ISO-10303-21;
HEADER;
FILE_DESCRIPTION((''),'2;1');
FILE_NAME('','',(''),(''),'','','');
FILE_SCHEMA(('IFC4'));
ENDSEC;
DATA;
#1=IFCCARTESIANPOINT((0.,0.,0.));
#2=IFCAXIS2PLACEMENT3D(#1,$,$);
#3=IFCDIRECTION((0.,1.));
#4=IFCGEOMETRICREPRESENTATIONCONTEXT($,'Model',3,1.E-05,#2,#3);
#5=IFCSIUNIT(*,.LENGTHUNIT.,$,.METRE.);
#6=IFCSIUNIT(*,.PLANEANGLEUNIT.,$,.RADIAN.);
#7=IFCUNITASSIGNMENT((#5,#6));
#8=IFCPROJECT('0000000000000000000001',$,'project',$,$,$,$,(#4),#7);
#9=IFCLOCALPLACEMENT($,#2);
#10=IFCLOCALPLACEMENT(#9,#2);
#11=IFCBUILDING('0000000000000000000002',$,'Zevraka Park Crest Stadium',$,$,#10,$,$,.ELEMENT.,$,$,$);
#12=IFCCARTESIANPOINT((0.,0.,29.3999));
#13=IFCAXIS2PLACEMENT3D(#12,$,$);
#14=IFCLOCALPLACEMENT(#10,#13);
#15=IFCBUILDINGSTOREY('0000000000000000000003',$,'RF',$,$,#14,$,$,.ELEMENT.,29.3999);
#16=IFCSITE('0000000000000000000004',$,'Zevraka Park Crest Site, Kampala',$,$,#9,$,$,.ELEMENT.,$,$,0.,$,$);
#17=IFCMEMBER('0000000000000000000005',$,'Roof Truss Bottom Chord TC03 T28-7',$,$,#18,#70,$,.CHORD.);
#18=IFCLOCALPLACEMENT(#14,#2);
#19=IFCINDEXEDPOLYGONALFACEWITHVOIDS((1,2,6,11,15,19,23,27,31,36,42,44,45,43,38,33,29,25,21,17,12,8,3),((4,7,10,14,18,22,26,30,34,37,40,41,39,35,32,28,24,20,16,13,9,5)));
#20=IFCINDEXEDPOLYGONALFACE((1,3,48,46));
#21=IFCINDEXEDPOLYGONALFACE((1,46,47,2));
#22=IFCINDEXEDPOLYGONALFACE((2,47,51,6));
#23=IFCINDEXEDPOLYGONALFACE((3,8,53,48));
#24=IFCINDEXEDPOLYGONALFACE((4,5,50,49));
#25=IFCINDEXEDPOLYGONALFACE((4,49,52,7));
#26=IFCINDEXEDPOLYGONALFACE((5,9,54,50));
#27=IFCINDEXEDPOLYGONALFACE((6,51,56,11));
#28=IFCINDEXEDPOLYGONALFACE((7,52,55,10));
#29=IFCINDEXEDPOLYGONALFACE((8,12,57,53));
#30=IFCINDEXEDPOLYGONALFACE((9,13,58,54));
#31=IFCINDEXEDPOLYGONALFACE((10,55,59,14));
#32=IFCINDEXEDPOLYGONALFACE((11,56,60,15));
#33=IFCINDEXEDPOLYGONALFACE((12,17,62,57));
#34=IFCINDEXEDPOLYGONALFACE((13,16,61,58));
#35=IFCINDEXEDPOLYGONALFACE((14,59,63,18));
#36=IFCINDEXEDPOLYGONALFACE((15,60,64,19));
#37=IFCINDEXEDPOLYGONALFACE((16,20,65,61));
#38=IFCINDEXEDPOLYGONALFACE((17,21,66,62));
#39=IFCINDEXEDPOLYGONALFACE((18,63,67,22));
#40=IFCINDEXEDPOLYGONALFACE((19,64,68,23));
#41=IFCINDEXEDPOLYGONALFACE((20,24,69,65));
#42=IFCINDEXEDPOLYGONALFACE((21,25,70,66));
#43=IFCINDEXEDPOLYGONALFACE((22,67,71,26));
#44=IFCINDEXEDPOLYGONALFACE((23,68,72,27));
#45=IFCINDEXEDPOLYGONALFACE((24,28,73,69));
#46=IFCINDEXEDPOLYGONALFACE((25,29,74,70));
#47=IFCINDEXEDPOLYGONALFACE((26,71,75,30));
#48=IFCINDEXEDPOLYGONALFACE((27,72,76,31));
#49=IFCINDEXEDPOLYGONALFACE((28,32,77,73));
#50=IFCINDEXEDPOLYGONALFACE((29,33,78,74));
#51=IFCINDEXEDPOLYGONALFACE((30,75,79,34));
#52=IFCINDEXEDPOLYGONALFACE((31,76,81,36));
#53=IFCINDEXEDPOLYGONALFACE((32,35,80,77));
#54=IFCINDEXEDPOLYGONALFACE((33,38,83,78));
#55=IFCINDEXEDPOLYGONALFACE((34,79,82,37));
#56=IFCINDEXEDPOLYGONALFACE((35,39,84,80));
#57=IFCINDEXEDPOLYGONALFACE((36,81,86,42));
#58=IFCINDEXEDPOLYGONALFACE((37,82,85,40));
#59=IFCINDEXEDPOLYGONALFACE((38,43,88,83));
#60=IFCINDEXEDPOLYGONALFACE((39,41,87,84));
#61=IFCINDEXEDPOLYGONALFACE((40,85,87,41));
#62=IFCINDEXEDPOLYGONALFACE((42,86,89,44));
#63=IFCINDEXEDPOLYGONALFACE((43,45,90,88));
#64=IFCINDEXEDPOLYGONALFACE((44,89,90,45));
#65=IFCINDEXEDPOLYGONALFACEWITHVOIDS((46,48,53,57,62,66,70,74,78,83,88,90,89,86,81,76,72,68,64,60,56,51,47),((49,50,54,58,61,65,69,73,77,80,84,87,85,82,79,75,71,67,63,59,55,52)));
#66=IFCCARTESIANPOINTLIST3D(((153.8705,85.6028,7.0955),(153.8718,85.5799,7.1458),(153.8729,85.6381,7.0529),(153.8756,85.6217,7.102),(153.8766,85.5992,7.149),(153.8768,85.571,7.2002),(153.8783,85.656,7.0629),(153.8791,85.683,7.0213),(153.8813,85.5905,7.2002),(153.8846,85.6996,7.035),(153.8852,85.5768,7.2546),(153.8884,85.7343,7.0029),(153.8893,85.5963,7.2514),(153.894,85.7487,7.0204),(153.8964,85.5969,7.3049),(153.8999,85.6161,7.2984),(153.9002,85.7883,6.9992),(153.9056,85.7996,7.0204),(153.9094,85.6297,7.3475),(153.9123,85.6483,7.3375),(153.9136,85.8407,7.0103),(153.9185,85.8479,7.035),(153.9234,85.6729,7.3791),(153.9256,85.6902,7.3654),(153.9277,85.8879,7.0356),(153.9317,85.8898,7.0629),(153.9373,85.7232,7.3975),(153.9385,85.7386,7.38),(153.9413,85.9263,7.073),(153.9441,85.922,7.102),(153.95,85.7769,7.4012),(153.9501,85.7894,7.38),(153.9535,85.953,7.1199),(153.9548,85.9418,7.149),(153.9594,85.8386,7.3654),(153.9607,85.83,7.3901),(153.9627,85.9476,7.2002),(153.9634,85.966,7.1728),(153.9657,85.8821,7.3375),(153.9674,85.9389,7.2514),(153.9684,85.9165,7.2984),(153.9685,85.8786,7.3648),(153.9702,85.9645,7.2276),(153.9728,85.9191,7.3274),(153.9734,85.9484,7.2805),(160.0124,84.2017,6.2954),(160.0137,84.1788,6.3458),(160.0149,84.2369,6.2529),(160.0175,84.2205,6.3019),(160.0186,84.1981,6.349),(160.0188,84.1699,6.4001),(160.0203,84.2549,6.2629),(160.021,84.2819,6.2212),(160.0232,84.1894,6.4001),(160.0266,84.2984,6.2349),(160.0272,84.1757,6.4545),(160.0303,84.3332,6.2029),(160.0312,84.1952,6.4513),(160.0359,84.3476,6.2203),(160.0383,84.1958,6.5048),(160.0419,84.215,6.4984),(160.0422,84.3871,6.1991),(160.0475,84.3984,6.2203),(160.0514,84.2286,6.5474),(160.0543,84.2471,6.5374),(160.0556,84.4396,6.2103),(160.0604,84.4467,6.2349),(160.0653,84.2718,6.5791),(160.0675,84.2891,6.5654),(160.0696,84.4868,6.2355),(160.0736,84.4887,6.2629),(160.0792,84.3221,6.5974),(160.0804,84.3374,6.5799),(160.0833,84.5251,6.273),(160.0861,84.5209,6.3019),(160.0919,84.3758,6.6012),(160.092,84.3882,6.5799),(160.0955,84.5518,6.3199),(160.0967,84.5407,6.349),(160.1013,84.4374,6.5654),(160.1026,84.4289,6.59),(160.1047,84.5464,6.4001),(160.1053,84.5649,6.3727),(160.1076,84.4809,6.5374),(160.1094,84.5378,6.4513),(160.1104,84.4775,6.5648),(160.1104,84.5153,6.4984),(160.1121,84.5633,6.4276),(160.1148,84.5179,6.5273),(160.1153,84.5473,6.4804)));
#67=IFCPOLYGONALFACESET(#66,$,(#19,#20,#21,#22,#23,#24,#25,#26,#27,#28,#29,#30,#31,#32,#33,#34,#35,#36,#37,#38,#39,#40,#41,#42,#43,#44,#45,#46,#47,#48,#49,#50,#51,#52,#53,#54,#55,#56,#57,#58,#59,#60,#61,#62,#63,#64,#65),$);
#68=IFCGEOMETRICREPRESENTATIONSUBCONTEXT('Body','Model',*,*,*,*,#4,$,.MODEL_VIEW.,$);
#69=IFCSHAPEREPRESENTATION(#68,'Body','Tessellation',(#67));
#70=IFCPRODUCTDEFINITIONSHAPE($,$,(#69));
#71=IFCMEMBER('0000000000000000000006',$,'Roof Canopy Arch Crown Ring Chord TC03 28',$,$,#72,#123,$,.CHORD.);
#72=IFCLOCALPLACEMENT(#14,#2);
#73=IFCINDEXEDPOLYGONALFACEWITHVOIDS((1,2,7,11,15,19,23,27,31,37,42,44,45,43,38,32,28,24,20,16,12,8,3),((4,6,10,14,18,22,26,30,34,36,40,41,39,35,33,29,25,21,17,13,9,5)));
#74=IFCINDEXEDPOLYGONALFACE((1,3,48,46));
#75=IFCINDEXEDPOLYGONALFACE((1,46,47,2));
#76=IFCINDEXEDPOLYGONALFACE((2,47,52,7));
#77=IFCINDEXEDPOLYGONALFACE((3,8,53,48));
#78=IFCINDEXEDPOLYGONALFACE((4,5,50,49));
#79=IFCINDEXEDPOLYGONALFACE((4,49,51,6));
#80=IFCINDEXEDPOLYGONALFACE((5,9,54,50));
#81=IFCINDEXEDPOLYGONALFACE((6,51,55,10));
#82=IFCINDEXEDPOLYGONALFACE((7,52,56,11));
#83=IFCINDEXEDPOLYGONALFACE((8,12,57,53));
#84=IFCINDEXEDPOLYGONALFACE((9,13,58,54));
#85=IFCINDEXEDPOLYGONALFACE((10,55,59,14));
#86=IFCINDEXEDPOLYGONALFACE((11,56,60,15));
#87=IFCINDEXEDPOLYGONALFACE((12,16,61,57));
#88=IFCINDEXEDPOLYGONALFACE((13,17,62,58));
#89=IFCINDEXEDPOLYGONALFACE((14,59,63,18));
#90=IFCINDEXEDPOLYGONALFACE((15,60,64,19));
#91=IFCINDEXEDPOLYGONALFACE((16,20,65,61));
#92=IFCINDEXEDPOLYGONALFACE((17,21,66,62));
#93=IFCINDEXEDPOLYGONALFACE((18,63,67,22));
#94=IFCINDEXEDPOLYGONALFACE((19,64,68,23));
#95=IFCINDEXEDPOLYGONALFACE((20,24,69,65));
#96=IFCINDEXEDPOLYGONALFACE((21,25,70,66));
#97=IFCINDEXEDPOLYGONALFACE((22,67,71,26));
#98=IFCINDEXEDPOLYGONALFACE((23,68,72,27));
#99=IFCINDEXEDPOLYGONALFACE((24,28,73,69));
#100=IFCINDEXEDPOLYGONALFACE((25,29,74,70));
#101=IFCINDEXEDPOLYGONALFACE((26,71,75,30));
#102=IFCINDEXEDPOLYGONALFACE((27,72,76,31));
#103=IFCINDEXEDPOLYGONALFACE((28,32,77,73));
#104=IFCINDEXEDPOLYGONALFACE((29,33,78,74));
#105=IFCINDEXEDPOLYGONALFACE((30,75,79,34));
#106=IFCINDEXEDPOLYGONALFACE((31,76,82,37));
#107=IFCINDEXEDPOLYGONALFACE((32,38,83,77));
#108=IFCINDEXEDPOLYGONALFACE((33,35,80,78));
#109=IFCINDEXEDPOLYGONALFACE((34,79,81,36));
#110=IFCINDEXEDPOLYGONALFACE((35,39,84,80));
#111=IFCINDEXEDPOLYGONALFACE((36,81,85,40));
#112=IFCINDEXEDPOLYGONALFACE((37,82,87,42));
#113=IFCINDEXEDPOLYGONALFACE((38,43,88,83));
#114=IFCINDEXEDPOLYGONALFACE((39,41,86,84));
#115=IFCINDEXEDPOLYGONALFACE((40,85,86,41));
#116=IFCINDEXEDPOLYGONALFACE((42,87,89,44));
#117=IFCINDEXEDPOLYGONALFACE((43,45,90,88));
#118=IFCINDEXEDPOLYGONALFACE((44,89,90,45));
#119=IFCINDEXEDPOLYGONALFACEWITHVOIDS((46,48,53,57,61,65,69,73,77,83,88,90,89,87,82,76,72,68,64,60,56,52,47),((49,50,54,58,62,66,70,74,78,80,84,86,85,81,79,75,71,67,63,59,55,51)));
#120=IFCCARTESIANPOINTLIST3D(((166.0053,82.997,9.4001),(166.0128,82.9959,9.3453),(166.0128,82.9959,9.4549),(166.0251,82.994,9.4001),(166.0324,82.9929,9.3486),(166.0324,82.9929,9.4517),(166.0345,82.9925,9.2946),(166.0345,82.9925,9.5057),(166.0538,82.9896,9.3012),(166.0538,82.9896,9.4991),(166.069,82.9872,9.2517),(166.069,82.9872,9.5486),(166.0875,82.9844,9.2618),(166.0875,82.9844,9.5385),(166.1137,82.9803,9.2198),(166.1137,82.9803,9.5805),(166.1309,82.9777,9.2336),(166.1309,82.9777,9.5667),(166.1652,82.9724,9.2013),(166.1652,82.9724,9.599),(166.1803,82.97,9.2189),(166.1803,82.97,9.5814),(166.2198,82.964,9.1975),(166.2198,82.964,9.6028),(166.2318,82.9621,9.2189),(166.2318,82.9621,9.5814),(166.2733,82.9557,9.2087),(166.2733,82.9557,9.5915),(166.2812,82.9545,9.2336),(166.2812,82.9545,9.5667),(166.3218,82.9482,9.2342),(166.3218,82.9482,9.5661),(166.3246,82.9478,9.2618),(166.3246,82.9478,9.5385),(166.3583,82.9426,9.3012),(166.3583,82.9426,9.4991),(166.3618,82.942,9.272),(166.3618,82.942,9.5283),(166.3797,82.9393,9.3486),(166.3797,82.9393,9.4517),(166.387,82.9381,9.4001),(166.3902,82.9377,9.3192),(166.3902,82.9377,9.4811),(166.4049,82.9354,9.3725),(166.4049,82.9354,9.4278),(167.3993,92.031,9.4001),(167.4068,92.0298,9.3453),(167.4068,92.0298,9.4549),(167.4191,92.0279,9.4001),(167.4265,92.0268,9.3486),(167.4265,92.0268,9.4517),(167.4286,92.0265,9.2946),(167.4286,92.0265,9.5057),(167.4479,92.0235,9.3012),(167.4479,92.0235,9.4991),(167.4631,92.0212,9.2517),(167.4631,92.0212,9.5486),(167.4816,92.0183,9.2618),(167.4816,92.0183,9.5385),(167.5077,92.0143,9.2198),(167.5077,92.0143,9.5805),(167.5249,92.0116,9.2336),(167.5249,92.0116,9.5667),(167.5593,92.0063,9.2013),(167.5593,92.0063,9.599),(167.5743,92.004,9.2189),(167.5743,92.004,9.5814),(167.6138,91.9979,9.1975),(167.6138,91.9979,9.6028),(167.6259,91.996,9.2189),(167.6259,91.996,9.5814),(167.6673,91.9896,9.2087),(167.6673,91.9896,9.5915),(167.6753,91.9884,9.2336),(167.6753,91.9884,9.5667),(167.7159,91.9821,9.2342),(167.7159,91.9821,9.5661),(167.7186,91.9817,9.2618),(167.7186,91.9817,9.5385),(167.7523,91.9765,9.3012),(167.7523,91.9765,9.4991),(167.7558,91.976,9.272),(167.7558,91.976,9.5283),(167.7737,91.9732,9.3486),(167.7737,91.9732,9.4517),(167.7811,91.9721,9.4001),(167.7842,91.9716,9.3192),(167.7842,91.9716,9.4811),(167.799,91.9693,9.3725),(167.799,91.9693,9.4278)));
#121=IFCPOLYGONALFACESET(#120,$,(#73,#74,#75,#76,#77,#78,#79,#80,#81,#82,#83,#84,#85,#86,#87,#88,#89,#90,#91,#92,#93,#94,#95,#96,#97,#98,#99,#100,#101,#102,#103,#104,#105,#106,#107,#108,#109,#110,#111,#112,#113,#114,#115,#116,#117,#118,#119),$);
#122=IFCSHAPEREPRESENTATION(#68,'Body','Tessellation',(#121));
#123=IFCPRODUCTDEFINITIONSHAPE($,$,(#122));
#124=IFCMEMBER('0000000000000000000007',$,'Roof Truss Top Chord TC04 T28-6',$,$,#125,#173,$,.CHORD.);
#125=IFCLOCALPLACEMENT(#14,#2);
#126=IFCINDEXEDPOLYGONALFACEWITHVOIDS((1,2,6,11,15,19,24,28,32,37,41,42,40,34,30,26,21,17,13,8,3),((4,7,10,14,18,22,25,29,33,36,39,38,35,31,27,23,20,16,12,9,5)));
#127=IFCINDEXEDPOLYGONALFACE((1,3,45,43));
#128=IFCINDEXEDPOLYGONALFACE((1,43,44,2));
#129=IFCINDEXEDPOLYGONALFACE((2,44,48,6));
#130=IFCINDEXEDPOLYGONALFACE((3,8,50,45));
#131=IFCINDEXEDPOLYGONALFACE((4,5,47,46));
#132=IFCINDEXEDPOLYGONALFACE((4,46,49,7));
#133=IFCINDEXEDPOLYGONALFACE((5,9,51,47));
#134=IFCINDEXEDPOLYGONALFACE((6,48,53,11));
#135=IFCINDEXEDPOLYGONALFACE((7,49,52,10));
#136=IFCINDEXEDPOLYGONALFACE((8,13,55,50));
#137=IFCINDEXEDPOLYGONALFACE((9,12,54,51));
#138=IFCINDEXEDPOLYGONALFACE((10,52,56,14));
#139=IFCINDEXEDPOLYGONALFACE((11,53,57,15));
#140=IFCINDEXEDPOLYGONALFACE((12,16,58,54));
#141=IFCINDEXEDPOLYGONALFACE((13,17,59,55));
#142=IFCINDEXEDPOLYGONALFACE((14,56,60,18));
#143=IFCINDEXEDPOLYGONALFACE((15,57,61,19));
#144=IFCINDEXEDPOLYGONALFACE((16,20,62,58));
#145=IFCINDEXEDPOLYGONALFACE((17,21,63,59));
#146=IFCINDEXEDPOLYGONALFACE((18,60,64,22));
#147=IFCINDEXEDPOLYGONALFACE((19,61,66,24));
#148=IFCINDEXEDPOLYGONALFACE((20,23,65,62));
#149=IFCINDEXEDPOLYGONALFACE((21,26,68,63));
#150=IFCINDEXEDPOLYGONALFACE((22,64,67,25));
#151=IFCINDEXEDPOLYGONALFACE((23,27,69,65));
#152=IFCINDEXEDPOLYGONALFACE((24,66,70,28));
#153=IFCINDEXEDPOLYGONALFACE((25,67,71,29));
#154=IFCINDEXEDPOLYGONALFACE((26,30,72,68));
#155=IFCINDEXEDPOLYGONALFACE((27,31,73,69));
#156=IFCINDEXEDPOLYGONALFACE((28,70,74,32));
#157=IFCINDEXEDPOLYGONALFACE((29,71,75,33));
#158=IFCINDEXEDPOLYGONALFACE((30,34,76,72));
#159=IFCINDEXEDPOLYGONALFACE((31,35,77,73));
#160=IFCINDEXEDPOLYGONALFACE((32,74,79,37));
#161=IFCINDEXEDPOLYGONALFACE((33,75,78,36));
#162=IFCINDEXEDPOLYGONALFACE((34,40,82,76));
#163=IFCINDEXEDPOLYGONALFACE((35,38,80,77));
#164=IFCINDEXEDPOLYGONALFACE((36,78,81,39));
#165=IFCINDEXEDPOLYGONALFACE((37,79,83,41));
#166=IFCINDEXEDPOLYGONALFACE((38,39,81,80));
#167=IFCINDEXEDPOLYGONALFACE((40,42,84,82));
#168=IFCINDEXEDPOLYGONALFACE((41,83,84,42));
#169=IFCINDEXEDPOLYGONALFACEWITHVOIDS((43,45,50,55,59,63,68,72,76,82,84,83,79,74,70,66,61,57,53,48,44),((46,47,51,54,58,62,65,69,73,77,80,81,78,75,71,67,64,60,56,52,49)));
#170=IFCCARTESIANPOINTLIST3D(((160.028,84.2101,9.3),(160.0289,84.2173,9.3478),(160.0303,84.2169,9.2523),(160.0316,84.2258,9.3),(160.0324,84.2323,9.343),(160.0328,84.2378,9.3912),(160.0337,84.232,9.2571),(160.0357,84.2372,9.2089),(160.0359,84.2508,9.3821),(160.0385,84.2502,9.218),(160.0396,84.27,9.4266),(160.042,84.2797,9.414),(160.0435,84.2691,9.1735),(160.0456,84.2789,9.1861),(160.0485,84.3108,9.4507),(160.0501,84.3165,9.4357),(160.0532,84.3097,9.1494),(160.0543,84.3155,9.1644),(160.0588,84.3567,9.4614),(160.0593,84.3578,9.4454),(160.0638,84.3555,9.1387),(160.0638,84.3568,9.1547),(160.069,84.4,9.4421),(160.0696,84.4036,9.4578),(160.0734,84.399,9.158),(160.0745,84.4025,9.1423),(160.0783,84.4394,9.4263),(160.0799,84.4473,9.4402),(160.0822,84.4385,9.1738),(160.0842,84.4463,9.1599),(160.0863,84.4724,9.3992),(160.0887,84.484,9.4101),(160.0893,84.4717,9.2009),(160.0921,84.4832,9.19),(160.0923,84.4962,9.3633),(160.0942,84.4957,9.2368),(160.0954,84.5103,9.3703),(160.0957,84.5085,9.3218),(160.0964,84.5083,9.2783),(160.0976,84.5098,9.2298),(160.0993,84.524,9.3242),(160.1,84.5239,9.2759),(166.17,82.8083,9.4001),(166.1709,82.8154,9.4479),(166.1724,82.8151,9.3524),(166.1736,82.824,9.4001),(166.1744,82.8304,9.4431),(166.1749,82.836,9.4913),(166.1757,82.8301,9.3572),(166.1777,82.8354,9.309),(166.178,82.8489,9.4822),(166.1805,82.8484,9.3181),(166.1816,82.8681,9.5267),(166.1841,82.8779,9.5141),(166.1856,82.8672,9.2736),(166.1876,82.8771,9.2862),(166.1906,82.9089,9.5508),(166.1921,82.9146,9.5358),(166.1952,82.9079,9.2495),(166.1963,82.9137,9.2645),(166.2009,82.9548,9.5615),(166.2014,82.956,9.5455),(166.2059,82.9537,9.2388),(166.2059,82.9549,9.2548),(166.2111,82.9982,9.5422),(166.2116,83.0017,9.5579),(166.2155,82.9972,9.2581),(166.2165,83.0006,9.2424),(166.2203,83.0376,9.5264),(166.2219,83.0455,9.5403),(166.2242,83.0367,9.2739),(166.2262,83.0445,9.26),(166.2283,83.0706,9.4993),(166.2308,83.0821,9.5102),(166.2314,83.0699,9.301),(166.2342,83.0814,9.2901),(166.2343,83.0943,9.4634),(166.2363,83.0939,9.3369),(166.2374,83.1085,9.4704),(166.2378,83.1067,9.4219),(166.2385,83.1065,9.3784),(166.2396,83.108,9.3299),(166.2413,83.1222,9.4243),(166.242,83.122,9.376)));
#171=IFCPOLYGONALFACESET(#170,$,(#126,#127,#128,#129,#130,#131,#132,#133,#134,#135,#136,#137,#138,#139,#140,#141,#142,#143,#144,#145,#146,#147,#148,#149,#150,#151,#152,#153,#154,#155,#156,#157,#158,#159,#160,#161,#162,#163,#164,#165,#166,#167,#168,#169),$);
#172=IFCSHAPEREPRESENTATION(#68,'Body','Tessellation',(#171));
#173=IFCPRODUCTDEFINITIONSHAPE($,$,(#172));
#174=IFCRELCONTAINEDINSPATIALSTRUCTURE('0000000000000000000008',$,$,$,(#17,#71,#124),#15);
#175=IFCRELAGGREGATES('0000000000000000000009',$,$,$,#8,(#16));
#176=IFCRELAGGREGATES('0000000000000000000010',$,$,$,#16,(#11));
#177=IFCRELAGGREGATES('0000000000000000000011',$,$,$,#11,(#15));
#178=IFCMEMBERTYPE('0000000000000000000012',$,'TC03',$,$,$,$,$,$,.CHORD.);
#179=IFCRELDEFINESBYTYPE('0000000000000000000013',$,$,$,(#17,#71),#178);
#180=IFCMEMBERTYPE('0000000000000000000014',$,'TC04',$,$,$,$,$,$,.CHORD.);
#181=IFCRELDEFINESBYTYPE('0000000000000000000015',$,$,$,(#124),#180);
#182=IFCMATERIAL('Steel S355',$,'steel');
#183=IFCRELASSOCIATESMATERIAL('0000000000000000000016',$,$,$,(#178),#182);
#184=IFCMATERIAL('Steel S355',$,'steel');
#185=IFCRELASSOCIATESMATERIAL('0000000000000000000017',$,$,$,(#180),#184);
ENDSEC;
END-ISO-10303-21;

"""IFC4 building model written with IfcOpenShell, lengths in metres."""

from ifc_helpers import new_model, si_unit, direction, frame, origin, origin_2d, place, context, subcontext, project, spatial, hollow_circle, extrude, material, material_profile, profile_set, type_object, element, save


model = new_model("IFC4")

# Units and contexts
model_context = context("Model", 3, precision=1e-05, world=origin(), true_north=direction((0.0, 1.0)))
body_context = subcontext(model_context, "Body", "Model", "MODEL_VIEW")
ifc_project = project(units=[si_unit("LENGTHUNIT", "METRE"), si_unit("PLANEANGLEUNIT", "RADIAN")], contexts=[model_context])

# Site, building, storey
site_placement = place(None, origin())
site = spatial("IfcSite", under=ifc_project, at=site_placement, Name="Zevraka Park Crest Site, Kampala", CompositionType="ELEMENT", RefElevation=0.0)
building_placement = place(site_placement, origin())
building = spatial("IfcBuilding", under=site, at=building_placement, Name="Zevraka Park Crest Stadium", CompositionType="ELEMENT")
storey_placement = place(building_placement, frame((0.0, 0.0, 29.3999)))
storey = spatial("IfcBuildingStorey", under=building, at=storey_placement, Name="RF", CompositionType="ELEMENT", Elevation=29.3999)

# Members
ifc_material_1 = material(Name="Steel S355", Category="steel")
ifc_material_profile_1 = material_profile(ifc_material_1, hollow_circle(Radius=0.2031, WallThickness=0.02, at=origin_2d()), Name="CHS 406.4x20")
ifc_profile_set_1 = profile_set([ifc_material_profile_1], Name="Steel S355")
member_type_1 = type_object("IfcMemberType", Name="TC03", PredefinedType="CHORD", material=ifc_profile_set_1)
member_1_placement = place(storey_placement, frame((160.064, 84.3679, 6.4001), z_axis=(-0.967184, 0.220641, 0.125987), x_axis=(-0.222413, -0.974952, 0.0)))
element("IfcMember", 1, at=member_1_placement, inside=storey, type_object=member_type_1, Name="Roof Truss Bottom Chord TC03 T28-7", PredefinedType="CHORD", context=body_context, shape_type="SweptSolid", body=[
    extrude(hollow_circle(Radius=0.2031, WallThickness=0.02, at=origin_2d()), origin(), (0.0, 0.0, 1.0), 6.3503),
])
member_2_placement = place(storey_placement, frame((166.2061, 82.9661, 9.4001), z_axis=(0.152507, 0.988302, 0.0), x_axis=(-0.988302, 0.152507, 0.0)))
element("IfcMember", 2, at=member_2_placement, inside=storey, type_object=member_type_1, Name="Roof Canopy Arch Crown Ring Chord TC03 28", PredefinedType="CHORD", context=body_context, shape_type="SweptSolid", body=[
    extrude(hollow_circle(Radius=0.2031, WallThickness=0.02, at=origin_2d()), origin(), (0.0, 0.0, 1.0), 9.1409),
])
ifc_material_2 = material(Name="Steel S355", Category="steel")
ifc_material_profile_2 = material_profile(ifc_material_2, hollow_circle(Radius=0.1619, WallThickness=0.0161, at=origin_2d()), Name="CHS 323.9x16")
ifc_profile_set_2 = profile_set([ifc_material_profile_2], Name="Steel S355")
member_type_2 = type_object("IfcMemberType", Name="TC04", PredefinedType="CHORD", material=ifc_profile_set_2)
member_3_placement = place(storey_placement, frame((166.2061, 82.9661, 9.4001), z_axis=(-0.974806, 0.222487, -0.015886), x_axis=(-0.222515, -0.974929, 0.0)))
element("IfcMember", 3, at=member_3_placement, inside=storey, type_object=member_type_2, Name="Roof Truss Top Chord TC04 T28-6", PredefinedType="CHORD", context=body_context, shape_type="SweptSolid", body=[
    extrude(hollow_circle(Radius=0.1619, WallThickness=0.0161, at=origin_2d()), origin(), (0.0, 0.0, 1.0), 6.3008),
])

save(model, "model.ifc")
